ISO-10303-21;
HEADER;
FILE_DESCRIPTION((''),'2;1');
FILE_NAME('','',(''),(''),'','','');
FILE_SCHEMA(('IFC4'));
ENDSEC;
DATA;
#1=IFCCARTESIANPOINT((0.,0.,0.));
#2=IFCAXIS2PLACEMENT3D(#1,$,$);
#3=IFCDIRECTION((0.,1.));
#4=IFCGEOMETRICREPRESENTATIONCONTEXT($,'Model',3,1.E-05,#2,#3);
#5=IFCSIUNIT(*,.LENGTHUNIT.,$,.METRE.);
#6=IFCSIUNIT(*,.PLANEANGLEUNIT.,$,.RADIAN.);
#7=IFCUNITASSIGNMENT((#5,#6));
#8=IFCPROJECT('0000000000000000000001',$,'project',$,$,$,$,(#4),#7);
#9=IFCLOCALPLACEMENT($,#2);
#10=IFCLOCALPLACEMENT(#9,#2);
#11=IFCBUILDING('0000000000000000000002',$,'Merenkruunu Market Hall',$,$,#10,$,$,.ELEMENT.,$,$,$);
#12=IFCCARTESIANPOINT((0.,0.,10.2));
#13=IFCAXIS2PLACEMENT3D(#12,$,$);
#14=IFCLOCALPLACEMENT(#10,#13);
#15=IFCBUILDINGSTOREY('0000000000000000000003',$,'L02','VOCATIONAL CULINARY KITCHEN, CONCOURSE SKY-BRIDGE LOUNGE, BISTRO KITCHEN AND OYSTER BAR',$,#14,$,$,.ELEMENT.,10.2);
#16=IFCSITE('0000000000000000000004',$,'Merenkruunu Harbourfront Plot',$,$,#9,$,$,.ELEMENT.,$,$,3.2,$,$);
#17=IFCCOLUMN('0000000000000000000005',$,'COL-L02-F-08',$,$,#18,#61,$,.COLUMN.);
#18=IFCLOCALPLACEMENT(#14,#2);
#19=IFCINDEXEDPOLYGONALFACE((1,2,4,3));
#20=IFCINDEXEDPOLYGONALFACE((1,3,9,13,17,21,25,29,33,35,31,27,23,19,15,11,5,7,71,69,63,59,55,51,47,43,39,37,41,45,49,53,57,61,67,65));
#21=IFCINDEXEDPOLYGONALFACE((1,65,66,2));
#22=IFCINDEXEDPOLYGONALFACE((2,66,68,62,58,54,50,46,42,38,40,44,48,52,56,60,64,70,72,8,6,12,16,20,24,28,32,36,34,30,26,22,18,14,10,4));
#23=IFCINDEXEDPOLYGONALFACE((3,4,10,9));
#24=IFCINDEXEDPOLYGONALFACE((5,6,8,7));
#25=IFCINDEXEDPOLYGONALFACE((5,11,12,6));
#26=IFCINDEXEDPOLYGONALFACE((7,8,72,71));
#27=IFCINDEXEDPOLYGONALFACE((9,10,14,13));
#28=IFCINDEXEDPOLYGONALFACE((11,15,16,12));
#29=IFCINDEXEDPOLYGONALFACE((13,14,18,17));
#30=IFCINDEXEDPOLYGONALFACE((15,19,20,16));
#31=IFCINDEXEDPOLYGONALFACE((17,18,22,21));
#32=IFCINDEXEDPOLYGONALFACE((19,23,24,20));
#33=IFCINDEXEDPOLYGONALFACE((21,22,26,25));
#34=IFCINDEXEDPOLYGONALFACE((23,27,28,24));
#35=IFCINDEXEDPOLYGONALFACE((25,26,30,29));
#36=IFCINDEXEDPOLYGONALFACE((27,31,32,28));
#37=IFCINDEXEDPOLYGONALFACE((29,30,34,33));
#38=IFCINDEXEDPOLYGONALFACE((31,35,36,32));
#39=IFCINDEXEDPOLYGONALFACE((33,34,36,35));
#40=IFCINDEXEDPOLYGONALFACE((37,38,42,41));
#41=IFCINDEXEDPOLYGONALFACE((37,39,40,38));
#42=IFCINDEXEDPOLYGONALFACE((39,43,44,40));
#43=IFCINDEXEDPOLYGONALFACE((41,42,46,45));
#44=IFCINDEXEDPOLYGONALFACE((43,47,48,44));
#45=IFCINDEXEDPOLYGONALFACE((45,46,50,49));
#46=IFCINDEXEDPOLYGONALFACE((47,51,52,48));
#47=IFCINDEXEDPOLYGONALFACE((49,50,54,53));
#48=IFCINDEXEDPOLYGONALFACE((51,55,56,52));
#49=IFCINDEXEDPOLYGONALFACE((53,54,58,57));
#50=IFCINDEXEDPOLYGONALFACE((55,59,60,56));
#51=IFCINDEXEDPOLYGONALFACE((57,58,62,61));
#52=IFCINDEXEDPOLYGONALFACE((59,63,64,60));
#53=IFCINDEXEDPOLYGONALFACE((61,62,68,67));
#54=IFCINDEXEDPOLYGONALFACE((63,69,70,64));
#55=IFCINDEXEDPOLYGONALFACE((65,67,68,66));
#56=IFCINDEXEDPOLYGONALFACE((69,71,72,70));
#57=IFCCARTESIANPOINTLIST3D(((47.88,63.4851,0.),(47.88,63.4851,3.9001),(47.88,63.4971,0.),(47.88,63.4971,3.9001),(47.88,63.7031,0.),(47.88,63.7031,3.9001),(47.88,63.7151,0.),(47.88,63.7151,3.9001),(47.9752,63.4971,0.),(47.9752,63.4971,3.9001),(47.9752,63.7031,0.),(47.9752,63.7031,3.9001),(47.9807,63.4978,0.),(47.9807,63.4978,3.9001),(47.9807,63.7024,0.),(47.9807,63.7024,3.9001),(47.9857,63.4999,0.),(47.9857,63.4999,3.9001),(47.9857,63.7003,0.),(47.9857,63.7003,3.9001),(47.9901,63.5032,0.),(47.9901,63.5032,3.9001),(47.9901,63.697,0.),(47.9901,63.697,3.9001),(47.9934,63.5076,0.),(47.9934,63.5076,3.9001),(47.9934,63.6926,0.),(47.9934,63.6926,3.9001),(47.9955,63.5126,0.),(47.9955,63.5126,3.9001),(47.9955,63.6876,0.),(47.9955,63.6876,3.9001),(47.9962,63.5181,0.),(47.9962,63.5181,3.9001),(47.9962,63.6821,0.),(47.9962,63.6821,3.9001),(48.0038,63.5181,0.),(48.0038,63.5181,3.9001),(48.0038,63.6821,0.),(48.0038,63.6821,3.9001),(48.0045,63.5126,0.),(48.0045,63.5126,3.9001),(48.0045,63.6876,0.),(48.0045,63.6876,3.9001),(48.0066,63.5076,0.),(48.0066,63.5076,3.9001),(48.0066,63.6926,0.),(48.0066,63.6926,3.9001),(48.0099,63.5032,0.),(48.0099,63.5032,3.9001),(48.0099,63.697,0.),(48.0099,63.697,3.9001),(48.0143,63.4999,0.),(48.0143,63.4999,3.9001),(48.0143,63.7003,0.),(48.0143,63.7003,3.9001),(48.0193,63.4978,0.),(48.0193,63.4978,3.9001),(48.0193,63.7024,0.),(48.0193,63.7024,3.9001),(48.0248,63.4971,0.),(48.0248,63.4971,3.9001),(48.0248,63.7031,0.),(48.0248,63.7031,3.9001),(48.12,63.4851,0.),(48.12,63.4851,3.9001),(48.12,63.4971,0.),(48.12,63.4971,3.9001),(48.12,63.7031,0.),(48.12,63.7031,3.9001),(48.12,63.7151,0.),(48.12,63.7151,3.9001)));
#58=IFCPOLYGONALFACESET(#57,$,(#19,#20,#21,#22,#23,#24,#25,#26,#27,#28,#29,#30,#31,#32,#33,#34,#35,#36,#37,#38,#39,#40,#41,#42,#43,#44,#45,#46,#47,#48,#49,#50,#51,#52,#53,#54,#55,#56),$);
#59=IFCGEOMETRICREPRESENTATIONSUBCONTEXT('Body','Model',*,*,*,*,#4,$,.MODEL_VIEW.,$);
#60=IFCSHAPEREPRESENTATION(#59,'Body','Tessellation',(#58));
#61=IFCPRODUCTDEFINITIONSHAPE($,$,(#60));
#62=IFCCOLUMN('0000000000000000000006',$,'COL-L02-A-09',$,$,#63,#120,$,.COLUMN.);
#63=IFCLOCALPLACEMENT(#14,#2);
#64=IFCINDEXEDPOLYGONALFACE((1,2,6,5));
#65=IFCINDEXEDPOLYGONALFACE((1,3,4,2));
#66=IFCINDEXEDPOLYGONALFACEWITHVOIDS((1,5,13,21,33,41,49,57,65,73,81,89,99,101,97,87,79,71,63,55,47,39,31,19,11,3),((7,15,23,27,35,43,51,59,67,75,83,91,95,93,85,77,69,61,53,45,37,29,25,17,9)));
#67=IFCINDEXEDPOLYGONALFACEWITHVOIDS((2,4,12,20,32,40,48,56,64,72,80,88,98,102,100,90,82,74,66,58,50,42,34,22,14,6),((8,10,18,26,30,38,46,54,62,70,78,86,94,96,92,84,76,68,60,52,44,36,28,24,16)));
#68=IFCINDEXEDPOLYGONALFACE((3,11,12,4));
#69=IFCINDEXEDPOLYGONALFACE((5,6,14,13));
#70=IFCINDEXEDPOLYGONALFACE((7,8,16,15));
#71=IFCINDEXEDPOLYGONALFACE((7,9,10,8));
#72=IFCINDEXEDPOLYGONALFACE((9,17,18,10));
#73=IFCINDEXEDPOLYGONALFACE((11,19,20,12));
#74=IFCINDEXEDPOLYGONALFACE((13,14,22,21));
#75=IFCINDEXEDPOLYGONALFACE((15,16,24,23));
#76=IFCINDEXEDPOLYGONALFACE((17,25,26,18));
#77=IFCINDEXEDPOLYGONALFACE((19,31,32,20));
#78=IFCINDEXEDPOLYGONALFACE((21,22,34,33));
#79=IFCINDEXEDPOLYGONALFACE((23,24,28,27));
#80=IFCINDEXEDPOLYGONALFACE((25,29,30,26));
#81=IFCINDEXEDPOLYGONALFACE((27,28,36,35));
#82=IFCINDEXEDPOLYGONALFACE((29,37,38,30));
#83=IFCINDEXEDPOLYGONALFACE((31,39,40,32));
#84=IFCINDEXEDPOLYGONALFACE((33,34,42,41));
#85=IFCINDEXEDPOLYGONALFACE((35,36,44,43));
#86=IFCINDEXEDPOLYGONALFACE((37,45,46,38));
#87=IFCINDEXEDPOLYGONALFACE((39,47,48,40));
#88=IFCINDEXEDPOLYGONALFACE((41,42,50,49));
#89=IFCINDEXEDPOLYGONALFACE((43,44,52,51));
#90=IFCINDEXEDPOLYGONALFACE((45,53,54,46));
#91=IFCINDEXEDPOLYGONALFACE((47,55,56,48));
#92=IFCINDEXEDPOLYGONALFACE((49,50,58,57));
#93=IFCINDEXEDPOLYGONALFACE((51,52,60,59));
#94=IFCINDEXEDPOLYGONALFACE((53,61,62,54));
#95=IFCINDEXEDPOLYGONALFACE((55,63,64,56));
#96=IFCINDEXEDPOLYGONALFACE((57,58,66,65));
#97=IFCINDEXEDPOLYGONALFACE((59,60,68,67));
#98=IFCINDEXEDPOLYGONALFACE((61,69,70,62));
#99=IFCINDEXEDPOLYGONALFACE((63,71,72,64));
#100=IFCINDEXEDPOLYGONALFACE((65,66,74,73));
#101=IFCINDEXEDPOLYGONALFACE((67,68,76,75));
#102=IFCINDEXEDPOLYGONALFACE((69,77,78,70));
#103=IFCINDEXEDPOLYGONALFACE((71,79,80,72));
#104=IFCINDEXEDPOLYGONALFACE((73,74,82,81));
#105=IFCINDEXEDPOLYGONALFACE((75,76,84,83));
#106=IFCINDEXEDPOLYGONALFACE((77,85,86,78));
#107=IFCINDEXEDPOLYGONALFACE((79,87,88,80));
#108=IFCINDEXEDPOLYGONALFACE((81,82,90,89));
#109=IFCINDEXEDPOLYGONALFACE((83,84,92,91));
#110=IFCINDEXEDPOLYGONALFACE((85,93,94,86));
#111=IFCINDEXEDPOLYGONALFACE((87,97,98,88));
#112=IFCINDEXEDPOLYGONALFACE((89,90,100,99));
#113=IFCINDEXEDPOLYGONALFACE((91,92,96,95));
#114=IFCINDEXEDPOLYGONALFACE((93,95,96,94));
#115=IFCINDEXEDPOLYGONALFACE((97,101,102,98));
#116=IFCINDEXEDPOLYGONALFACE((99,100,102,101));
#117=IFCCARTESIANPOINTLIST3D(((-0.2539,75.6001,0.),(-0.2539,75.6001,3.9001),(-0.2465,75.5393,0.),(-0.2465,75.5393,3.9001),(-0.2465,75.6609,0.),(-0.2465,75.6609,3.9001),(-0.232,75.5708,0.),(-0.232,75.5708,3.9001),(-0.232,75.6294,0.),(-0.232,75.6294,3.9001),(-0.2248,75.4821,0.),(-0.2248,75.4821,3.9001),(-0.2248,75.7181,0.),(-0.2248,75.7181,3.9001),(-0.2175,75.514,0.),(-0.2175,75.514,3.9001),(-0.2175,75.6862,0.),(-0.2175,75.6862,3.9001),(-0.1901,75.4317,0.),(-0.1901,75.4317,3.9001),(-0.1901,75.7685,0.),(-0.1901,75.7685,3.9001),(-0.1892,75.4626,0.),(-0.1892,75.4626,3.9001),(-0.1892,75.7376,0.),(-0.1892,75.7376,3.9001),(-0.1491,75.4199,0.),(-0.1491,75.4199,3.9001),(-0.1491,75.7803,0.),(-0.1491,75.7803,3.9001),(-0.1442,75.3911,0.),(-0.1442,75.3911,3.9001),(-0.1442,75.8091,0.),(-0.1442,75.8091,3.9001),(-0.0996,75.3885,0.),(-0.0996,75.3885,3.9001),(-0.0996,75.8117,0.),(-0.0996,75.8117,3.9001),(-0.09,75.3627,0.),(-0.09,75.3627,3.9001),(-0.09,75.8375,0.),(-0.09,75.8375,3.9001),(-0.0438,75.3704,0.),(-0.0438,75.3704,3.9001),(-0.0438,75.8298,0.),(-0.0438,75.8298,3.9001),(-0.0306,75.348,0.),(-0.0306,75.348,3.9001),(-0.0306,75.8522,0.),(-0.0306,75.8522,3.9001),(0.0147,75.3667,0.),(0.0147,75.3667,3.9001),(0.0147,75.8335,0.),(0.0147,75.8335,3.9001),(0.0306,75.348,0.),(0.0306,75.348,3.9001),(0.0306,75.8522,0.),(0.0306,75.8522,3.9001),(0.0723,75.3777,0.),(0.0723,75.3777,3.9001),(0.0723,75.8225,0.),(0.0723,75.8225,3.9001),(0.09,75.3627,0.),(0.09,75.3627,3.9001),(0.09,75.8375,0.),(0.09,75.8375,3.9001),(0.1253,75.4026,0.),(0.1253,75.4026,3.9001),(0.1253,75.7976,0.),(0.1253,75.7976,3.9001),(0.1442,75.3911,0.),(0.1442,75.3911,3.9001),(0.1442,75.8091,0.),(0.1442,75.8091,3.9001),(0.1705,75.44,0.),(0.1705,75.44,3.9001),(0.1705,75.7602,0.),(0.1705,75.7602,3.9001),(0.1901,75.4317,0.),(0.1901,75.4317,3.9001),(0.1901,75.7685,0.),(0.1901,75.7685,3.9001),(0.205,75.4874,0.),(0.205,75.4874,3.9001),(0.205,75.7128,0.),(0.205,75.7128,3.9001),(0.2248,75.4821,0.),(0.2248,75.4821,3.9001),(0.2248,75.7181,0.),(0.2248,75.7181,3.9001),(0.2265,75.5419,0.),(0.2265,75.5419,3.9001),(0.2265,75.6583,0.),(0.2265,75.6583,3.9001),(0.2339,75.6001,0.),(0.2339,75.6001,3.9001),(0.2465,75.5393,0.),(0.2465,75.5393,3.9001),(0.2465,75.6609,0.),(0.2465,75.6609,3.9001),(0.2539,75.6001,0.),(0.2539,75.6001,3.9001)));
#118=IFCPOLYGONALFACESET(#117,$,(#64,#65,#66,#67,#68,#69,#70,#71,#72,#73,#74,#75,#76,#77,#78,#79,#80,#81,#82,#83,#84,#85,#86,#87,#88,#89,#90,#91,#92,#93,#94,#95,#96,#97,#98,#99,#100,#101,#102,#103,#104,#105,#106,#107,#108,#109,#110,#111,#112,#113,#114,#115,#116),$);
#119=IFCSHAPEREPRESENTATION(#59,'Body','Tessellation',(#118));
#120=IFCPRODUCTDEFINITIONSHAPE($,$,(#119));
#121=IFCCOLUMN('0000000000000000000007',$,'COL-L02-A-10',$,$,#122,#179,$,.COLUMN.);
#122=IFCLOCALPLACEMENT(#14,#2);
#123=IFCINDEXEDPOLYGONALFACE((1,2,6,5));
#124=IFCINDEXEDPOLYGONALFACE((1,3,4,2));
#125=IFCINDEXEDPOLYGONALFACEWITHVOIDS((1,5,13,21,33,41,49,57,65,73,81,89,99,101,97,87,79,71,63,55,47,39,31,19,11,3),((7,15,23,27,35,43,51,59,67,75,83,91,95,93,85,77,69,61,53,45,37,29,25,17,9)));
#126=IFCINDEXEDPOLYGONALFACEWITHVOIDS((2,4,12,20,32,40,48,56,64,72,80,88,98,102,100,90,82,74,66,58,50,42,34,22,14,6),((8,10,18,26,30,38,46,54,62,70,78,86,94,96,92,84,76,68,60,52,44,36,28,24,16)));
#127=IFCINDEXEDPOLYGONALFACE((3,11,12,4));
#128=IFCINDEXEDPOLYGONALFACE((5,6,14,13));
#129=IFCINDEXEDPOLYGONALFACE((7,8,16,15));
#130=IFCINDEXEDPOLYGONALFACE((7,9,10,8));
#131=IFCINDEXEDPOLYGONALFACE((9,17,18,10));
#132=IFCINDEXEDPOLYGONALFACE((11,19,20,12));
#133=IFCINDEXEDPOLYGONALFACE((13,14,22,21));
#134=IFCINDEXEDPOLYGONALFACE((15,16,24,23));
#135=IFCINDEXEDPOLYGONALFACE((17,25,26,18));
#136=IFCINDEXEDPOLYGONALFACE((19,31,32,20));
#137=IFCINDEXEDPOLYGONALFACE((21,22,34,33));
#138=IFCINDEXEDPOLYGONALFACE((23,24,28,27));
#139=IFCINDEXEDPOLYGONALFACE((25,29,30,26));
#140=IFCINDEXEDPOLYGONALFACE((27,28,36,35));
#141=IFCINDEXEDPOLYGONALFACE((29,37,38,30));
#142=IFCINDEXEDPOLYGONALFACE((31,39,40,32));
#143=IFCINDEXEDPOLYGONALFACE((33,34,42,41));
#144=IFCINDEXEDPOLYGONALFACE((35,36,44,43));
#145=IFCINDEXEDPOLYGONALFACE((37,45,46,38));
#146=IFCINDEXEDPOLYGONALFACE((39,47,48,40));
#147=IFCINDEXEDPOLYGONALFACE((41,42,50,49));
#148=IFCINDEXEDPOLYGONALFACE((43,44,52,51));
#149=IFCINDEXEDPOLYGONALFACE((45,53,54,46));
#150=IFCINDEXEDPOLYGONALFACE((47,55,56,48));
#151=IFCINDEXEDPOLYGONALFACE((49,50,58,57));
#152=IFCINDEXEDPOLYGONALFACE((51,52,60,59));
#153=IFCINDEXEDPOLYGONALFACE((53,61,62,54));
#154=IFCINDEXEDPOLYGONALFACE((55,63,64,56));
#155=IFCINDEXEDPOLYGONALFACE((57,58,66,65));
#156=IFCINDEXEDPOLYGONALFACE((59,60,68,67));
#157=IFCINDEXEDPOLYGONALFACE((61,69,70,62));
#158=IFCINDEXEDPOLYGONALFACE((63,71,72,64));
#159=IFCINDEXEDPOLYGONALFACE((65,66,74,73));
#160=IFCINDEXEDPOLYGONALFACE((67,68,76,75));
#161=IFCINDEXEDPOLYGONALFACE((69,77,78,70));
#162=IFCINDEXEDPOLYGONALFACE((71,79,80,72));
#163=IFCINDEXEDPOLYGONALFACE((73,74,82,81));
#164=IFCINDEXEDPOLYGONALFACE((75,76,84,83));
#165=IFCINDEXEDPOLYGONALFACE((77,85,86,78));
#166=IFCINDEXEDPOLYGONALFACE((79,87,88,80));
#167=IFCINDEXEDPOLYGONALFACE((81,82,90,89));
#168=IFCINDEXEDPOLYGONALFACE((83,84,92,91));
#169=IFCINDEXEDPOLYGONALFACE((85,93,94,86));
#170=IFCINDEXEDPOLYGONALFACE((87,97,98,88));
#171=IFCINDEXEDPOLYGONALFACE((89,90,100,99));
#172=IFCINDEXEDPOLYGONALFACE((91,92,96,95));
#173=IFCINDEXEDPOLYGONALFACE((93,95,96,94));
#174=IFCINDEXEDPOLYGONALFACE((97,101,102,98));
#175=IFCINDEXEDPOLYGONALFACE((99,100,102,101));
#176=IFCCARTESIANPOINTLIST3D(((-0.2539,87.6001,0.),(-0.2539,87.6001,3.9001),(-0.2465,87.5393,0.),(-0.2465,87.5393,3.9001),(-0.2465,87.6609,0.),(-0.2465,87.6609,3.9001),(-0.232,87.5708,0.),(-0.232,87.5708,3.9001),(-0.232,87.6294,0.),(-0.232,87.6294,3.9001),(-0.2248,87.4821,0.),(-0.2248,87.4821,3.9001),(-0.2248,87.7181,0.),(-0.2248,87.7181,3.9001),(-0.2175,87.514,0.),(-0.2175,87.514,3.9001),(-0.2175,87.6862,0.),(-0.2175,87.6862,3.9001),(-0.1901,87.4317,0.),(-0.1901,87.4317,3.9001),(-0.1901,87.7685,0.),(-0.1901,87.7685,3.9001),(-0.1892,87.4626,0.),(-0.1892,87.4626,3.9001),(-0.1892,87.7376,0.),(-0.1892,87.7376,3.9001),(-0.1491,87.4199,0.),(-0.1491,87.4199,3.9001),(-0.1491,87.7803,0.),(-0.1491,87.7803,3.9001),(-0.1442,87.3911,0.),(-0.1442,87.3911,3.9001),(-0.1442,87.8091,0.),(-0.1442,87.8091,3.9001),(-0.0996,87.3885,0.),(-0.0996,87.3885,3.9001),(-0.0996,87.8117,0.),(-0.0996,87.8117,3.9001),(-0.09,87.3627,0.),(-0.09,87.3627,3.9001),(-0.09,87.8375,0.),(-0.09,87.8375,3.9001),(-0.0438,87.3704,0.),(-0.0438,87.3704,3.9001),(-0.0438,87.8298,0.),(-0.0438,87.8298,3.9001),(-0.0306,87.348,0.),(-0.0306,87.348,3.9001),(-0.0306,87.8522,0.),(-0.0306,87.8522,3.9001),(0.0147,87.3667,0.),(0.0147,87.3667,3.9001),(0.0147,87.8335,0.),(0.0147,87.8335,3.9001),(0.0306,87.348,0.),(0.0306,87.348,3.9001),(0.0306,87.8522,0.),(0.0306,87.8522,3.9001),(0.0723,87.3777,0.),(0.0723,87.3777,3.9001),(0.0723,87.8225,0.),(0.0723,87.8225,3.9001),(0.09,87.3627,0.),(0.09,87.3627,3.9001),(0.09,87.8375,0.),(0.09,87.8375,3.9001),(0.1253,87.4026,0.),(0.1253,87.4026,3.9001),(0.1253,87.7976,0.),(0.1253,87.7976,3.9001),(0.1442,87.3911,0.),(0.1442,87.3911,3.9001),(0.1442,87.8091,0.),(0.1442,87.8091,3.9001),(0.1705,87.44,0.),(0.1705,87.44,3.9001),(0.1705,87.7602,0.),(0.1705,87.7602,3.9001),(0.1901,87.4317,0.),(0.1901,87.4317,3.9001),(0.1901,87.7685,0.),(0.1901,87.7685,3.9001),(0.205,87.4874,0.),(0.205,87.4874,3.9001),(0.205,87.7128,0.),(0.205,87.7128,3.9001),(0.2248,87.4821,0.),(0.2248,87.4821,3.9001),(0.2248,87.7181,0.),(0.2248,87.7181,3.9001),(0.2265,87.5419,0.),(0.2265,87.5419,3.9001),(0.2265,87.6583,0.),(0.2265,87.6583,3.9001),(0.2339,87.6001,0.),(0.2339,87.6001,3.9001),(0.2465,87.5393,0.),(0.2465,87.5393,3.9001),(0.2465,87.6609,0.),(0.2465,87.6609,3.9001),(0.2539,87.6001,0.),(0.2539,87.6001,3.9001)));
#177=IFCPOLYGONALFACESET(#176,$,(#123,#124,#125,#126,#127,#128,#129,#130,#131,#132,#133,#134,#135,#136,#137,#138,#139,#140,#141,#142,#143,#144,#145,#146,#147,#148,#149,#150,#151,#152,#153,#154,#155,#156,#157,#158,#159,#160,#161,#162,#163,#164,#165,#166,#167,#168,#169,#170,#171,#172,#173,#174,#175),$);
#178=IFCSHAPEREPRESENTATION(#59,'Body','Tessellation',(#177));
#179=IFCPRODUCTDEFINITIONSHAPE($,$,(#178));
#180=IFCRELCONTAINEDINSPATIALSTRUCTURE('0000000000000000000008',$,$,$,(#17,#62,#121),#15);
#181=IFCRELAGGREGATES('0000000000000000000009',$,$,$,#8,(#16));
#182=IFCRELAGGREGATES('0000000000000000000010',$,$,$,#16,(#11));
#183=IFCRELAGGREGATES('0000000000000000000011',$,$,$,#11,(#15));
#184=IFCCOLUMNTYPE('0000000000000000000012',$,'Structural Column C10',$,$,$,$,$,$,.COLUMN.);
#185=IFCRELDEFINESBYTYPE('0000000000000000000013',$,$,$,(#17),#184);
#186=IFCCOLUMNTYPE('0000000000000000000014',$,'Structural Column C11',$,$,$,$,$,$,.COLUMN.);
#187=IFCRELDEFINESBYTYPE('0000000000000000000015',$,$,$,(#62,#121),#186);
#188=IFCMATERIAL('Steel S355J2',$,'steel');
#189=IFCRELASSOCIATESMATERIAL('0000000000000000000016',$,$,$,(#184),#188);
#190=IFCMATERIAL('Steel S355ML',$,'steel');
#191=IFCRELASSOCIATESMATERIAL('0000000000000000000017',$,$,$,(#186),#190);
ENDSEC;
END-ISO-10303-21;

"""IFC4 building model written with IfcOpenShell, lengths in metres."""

from ifc_helpers import new_model, si_unit, direction, frame, origin, origin_2d, place, context, subcontext, project, spatial, hollow_circle, i_section, extrude, material, material_profile, profile_set, type_object, element, save


model = new_model("IFC4")

# Units and contexts
model_context = context("Model", 3, precision=1e-05, world=origin(), true_north=direction((0.0, 1.0)))
body_context = subcontext(model_context, "Body", "Model", "MODEL_VIEW")
ifc_project = project(units=[si_unit("LENGTHUNIT", "METRE"), si_unit("PLANEANGLEUNIT", "RADIAN")], contexts=[model_context])

# Site, building, storey
site_placement = place(None, origin())
site = spatial("IfcSite", under=ifc_project, at=site_placement, Name="Merenkruunu Harbourfront Plot", CompositionType="ELEMENT", RefElevation=3.2)
building_placement = place(site_placement, origin())
building = spatial("IfcBuilding", under=site, at=building_placement, Name="Merenkruunu Market Hall", CompositionType="ELEMENT")
storey_placement = place(building_placement, frame((0.0, 0.0, 10.2)))
storey = spatial("IfcBuildingStorey", under=building, at=storey_placement, Name="L02", Description="VOCATIONAL CULINARY KITCHEN, CONCOURSE SKY-BRIDGE LOUNGE, BISTRO KITCHEN AND OYSTER BAR", CompositionType="ELEMENT", Elevation=10.2)

# Columns
ifc_material_1 = material(Name="Steel S355J2", Category="steel")
ifc_material_profile_1 = material_profile(ifc_material_1, i_section(OverallWidth=0.24, OverallDepth=0.23, WebThickness=0.0076, FlangeThickness=0.012, FilletRadius=0.021, at=origin_2d()), Name="HEA 240")
ifc_profile_set_1 = profile_set([ifc_material_profile_1], Name="Steel S355J2")
column_type_1 = type_object("IfcColumnType", Name="Structural Column C10", PredefinedType="COLUMN", material=ifc_profile_set_1)
column_placement = place(storey_placement, frame((48.0, 63.6001, 0.0), z_axis=(0.0, 0.0, 1.0), x_axis=(1.0, 0.0, 0.0)))
element("IfcColumn", 1, at=column_placement, inside=storey, type_object=column_type_1, Name="COL-L02-F-08", PredefinedType="COLUMN", context=body_context, shape_type="SweptSolid", body=[
    extrude(i_section(OverallWidth=0.24, OverallDepth=0.23, WebThickness=0.0076, FlangeThickness=0.012, FilletRadius=0.021, at=origin_2d()), origin(), (0.0, 0.0, 1.0), 3.9001),
])
ifc_material_2 = material(Name="Steel S355ML", Category="steel")
ifc_material_profile_2 = material_profile(ifc_material_2, hollow_circle(Radius=0.2539, WallThickness=0.02, at=origin_2d()), Name="CHS 508x20")
ifc_profile_set_2 = profile_set([ifc_material_profile_2], Name="Steel S355ML")
column_type_2 = type_object("IfcColumnType", Name="Structural Column C11", PredefinedType="COLUMN", material=ifc_profile_set_2)
for number, where, z_axis, x_axis, name in (
    (2, (0.0, 75.6001, 0.0), (0.0, 0.0, 1.0), (1.0, 0.0, 0.0), "COL-L02-A-09"),
    (3, (0.0, 87.6001, 0.0), (0.0, 0.0, 1.0), (1.0, 0.0, 0.0), "COL-L02-A-10"),
):
    element("IfcColumn", number, at=place(storey_placement, frame(where, z_axis=z_axis, x_axis=x_axis)), inside=storey, type_object=column_type_2, Name=name, PredefinedType="COLUMN", context=body_context, shape_type="SweptSolid", body=[
        extrude(hollow_circle(Radius=0.2539, WallThickness=0.02, at=origin_2d()), origin(), (0.0, 0.0, 1.0), 3.9001),
    ])

save(model, "model.ifc")
